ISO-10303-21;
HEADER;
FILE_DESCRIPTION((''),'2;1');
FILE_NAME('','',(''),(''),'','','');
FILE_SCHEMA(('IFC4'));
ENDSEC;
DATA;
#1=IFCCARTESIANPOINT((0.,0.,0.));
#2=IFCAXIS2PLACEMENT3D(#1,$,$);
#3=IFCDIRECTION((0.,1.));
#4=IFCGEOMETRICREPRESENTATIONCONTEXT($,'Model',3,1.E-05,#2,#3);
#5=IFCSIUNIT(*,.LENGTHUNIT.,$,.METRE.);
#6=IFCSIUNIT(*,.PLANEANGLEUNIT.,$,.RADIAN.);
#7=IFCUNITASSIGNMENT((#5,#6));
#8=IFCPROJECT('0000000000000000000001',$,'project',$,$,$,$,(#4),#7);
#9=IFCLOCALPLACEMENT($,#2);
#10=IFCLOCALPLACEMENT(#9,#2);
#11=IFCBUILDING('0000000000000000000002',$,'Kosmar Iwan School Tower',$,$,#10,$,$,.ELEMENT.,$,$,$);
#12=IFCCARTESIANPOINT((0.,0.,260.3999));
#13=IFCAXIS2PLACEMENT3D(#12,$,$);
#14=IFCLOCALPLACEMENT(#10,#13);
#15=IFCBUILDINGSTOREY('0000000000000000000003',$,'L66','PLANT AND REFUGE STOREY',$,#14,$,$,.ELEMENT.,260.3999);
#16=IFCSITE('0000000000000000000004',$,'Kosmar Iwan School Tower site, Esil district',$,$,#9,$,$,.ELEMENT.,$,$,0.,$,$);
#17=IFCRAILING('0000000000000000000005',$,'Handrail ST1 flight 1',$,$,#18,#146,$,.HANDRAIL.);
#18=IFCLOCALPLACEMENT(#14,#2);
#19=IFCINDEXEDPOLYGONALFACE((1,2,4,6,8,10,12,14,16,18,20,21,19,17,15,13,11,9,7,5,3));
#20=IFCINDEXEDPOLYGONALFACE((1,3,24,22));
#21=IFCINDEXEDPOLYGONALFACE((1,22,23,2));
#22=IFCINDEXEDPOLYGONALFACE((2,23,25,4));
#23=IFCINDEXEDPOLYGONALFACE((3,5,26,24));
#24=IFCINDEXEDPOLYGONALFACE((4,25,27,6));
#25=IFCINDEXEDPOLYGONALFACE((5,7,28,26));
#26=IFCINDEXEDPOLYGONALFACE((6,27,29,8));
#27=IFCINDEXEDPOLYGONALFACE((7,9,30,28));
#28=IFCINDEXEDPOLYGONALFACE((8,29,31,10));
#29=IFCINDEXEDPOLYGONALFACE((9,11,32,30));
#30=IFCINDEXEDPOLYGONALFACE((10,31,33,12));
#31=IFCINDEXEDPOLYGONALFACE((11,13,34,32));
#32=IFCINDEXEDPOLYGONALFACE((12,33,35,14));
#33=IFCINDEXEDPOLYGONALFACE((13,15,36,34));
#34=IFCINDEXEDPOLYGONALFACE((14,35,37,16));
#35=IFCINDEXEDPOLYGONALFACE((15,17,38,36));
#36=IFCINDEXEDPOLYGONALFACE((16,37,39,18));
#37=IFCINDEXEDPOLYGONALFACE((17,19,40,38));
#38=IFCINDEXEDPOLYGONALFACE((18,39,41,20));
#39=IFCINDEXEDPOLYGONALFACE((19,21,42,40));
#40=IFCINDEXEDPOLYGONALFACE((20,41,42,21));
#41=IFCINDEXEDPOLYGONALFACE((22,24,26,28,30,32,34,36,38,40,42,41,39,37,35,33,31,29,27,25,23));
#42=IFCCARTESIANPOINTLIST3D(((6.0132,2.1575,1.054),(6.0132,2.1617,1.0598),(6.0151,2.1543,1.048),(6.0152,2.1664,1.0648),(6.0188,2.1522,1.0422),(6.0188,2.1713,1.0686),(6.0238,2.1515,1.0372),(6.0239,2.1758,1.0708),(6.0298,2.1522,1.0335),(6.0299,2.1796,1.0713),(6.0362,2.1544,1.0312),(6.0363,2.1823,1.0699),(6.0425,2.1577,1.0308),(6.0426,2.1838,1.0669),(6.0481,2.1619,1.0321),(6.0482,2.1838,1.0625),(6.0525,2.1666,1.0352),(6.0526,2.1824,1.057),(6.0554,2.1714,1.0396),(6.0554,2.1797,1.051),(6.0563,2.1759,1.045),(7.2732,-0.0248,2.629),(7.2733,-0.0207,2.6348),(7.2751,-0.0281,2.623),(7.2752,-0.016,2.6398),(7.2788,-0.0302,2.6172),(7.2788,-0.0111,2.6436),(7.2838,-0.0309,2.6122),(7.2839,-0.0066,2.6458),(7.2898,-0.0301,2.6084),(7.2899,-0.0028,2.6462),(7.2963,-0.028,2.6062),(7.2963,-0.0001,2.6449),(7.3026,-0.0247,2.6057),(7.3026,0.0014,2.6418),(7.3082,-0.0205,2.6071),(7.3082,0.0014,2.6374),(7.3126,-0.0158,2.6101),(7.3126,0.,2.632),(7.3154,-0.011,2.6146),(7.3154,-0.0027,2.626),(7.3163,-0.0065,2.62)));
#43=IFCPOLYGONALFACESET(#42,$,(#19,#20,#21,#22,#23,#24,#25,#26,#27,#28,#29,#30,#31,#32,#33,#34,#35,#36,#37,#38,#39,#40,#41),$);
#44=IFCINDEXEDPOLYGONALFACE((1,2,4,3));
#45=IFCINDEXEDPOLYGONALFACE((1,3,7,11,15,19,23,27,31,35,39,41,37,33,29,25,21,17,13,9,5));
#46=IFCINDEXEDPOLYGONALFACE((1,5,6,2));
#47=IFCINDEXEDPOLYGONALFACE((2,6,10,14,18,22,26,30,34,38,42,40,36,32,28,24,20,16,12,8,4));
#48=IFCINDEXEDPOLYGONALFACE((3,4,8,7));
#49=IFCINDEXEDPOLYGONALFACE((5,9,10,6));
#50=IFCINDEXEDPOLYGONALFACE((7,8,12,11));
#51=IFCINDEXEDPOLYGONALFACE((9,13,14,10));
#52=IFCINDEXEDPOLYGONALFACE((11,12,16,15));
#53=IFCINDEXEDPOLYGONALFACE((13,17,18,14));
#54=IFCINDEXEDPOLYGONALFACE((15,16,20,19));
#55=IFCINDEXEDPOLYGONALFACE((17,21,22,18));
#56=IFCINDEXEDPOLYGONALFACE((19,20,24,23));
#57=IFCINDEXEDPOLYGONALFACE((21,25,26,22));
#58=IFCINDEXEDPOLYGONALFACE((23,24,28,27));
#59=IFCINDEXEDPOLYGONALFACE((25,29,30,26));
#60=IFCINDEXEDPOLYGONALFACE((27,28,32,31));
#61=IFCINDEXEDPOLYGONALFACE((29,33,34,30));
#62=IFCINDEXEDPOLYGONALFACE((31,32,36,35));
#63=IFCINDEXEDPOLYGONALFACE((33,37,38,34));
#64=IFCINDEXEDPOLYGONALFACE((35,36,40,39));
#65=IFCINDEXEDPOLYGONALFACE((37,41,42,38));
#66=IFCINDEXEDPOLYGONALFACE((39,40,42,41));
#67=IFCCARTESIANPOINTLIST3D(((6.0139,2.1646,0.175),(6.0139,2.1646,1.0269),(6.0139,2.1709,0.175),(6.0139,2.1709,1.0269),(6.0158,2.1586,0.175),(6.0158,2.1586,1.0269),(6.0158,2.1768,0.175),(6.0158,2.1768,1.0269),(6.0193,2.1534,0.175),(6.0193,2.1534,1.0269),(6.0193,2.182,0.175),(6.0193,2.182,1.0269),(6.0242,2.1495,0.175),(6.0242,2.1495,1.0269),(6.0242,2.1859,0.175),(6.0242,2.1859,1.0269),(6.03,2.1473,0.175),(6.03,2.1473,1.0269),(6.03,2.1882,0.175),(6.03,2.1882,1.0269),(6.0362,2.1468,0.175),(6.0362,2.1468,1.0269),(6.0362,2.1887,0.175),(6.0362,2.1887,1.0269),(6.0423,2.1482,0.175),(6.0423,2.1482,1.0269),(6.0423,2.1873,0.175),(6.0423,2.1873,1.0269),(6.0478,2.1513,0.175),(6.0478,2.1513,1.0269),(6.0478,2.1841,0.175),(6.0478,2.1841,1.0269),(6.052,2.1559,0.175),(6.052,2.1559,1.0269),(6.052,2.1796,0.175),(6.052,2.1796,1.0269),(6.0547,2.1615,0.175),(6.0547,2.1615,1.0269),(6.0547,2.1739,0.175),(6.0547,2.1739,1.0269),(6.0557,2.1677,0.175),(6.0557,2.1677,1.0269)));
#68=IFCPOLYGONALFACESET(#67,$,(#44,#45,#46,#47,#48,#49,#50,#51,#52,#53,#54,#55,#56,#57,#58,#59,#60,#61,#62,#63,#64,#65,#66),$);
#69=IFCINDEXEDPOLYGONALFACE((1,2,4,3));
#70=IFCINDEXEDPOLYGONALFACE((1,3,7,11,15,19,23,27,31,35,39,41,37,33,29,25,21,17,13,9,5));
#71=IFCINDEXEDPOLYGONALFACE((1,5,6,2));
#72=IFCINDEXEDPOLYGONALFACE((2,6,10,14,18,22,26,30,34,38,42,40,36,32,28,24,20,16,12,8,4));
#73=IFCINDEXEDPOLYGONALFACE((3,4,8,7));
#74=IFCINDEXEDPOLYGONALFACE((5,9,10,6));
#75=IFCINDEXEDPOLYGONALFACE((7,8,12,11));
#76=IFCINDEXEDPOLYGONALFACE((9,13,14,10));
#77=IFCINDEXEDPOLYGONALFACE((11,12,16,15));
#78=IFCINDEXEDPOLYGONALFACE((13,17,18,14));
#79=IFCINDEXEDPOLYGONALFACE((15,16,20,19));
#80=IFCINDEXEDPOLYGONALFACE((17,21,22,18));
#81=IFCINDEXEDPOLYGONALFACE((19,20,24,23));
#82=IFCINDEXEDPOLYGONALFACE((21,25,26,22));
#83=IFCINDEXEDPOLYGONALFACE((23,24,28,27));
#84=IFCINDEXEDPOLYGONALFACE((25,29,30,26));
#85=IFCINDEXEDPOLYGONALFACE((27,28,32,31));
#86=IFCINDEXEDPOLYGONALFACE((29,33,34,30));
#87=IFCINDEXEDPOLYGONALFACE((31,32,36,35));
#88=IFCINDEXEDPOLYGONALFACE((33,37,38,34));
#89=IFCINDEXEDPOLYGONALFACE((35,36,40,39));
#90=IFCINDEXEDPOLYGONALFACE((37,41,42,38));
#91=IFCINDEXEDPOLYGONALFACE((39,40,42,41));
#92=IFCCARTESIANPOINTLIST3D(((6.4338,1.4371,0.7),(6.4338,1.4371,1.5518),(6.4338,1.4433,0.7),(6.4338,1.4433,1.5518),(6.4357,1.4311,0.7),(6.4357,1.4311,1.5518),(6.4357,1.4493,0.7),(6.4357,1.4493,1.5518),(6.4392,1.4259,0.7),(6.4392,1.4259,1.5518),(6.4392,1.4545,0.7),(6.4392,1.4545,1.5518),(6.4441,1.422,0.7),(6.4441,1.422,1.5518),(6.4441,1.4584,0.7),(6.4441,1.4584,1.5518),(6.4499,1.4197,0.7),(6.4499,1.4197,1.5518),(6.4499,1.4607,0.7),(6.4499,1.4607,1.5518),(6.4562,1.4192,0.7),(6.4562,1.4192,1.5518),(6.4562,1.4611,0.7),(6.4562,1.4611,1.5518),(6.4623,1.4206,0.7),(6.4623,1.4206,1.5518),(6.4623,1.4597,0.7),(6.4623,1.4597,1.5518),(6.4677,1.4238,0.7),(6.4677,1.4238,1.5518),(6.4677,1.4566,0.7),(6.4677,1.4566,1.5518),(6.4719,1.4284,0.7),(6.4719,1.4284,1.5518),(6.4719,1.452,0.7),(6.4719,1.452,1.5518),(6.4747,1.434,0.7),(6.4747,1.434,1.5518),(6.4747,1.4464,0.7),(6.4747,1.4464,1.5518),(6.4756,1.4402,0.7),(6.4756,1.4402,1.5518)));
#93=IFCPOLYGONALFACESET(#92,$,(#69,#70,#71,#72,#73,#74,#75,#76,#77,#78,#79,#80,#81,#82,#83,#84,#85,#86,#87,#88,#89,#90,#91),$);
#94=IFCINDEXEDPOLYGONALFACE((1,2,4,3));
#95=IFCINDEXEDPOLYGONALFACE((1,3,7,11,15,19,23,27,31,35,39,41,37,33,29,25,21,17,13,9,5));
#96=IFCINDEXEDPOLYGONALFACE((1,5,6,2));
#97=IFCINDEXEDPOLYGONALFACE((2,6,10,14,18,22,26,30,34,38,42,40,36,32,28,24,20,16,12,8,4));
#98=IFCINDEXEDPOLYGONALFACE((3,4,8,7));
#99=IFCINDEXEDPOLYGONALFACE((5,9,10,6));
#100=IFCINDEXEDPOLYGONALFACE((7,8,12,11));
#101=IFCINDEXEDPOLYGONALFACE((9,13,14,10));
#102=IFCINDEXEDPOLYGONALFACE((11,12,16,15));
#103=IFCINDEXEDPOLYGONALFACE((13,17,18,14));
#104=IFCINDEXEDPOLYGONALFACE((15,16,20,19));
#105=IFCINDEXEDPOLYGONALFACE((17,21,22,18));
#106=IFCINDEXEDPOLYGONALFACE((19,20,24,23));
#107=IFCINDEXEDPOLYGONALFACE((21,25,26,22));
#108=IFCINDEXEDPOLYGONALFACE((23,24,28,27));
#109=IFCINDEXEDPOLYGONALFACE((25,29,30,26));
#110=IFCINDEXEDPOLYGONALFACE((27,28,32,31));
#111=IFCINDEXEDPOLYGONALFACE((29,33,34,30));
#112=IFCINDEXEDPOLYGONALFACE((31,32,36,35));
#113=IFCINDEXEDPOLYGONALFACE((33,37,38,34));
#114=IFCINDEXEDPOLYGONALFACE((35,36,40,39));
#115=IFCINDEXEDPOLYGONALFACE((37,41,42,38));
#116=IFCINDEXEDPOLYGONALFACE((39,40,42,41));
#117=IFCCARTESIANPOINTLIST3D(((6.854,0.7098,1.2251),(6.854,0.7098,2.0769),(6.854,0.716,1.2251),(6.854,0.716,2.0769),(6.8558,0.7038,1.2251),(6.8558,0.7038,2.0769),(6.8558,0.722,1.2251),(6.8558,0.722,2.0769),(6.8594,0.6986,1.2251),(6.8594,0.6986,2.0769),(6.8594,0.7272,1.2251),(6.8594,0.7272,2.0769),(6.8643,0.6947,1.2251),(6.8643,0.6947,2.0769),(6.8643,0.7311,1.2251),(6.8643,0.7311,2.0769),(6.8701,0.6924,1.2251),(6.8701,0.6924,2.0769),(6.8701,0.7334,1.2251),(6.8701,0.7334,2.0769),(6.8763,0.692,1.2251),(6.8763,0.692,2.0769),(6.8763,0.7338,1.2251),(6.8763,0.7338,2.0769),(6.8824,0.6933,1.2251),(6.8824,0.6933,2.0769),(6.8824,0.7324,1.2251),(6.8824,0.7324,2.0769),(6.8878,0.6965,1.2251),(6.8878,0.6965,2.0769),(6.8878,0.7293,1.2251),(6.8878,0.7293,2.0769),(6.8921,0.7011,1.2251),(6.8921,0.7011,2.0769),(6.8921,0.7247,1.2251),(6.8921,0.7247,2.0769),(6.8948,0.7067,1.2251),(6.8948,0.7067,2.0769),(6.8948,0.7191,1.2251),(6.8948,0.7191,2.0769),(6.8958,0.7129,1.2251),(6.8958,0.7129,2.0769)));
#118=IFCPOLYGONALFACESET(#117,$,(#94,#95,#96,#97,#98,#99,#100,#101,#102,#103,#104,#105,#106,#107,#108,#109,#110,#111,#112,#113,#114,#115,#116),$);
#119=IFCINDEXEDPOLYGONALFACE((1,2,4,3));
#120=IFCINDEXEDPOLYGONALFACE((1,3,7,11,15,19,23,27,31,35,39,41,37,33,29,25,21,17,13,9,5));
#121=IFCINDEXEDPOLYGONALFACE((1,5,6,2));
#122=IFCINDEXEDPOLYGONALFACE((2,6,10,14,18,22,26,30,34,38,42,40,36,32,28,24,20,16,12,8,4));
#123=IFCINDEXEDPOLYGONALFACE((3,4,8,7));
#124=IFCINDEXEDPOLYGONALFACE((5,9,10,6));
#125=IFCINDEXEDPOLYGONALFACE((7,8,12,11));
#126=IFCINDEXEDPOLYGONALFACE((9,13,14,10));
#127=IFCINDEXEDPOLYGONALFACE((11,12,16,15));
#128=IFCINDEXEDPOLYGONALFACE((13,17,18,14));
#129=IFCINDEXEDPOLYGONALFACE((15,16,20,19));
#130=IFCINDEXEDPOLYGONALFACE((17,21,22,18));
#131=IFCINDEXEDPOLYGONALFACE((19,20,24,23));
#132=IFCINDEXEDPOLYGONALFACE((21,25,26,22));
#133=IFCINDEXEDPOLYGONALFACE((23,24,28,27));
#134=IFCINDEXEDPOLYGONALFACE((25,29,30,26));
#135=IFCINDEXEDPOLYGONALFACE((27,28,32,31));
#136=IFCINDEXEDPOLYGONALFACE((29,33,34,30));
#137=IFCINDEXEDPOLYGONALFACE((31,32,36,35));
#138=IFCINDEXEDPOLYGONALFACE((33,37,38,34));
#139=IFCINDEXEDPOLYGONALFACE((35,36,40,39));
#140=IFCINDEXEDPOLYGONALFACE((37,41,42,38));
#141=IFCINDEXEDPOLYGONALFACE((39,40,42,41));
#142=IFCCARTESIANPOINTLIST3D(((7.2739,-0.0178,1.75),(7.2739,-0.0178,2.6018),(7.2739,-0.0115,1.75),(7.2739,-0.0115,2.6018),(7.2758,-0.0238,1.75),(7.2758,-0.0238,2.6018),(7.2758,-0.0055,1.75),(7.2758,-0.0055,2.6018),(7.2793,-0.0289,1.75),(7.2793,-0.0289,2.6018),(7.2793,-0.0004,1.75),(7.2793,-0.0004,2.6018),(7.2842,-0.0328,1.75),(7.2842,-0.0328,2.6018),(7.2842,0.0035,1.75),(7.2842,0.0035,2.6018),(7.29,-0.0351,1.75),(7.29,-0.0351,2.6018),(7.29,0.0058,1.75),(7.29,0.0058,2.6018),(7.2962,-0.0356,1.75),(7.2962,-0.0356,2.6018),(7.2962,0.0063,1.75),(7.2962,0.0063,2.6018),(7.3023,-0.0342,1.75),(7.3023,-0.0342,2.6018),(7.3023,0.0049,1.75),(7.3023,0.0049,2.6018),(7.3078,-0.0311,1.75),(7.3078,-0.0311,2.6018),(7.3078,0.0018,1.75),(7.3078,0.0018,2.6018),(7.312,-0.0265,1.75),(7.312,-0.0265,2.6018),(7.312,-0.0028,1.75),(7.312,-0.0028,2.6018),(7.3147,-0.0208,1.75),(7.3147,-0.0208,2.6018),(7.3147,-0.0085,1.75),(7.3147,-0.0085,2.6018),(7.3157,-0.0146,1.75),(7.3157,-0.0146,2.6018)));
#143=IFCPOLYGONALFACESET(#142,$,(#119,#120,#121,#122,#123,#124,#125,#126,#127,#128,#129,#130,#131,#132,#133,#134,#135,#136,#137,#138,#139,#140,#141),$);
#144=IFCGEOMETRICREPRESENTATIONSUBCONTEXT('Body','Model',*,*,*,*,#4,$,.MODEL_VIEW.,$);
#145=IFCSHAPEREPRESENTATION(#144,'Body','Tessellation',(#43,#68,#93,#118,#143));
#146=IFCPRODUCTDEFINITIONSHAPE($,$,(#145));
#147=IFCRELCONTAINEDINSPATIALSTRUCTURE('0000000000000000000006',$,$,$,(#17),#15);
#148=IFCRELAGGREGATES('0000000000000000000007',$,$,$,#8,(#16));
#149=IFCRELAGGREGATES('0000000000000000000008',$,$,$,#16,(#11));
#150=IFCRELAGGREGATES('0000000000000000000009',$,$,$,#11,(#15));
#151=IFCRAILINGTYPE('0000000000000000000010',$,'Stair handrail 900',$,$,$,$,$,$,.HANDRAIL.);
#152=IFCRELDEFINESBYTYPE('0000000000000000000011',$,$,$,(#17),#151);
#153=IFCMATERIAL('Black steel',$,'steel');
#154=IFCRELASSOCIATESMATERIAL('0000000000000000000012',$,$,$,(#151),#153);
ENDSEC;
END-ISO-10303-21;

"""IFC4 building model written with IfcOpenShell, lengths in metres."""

from ifc_helpers import new_model, si_unit, direction, frame, origin, origin_2d, place, context, subcontext, project, spatial, circle, extrude, material, type_object, element, save


model = new_model("IFC4")

# Units and contexts
model_context = context("Model", 3, precision=1e-05, world=origin(), true_north=direction((0.0, 1.0)))
body_context = subcontext(model_context, "Body", "Model", "MODEL_VIEW")
ifc_project = project(units=[si_unit("LENGTHUNIT", "METRE"), si_unit("PLANEANGLEUNIT", "RADIAN")], contexts=[model_context])

# Site, building, storey
site_placement = place(None, origin())
site = spatial("IfcSite", under=ifc_project, at=site_placement, Name="Kosmar Iwan School Tower site, Esil district", CompositionType="ELEMENT", RefElevation=0.0)
building_placement = place(site_placement, origin())
building = spatial("IfcBuilding", under=site, at=building_placement, Name="Kosmar Iwan School Tower", CompositionType="ELEMENT")
storey_placement = place(building_placement, frame((0.0, 0.0, 260.3999)))
storey = spatial("IfcBuildingStorey", under=building, at=storey_placement, Name="L66", Description="PLANT AND REFUGE STOREY", CompositionType="ELEMENT", Elevation=260.3999)

# Railing
ifc_material_1 = material(Name="Black steel", Category="steel")
railing_type = type_object("IfcRailingType", Name="Stair handrail 900", PredefinedType="HANDRAIL", material=ifc_material_1)
railing_1_placement = place(storey_placement, frame((6.0347, 2.1677, 0.175)))
element("IfcRailing", 1, at=railing_1_placement, inside=storey, type_object=railing_type, Name="Handrail ST1 flight 1", PredefinedType="HANDRAIL", context=body_context, shape_type="SweptSolid", body=[
    extrude(circle(Radius=0.0239, at=origin_2d()), frame((0.0, 0.0, 0.876), z_axis=(0.424007, -0.734392, 0.529988), x_axis=(0.866023, 0.500005, 0.0)), (0.0, 0.0, 1.0), 2.9717),
    extrude(circle(Radius=0.021, at=origin_2d()), origin(), (0.0, 0.0, 1.0), 0.8518),
    extrude(circle(Radius=0.021, at=origin_2d()), frame((0.4199, -0.7275, 0.5249)), (0.0, 0.0, 1.0), 0.8518),
    extrude(circle(Radius=0.021, at=origin_2d()), frame((0.8401, -1.4548, 1.05)), (0.0, 0.0, 1.0), 0.8518),
    extrude(circle(Radius=0.021, at=origin_2d()), frame((1.26, -2.1824, 1.575)), (0.0, 0.0, 1.0), 0.8518),
])

save(model, "model.ifc")
